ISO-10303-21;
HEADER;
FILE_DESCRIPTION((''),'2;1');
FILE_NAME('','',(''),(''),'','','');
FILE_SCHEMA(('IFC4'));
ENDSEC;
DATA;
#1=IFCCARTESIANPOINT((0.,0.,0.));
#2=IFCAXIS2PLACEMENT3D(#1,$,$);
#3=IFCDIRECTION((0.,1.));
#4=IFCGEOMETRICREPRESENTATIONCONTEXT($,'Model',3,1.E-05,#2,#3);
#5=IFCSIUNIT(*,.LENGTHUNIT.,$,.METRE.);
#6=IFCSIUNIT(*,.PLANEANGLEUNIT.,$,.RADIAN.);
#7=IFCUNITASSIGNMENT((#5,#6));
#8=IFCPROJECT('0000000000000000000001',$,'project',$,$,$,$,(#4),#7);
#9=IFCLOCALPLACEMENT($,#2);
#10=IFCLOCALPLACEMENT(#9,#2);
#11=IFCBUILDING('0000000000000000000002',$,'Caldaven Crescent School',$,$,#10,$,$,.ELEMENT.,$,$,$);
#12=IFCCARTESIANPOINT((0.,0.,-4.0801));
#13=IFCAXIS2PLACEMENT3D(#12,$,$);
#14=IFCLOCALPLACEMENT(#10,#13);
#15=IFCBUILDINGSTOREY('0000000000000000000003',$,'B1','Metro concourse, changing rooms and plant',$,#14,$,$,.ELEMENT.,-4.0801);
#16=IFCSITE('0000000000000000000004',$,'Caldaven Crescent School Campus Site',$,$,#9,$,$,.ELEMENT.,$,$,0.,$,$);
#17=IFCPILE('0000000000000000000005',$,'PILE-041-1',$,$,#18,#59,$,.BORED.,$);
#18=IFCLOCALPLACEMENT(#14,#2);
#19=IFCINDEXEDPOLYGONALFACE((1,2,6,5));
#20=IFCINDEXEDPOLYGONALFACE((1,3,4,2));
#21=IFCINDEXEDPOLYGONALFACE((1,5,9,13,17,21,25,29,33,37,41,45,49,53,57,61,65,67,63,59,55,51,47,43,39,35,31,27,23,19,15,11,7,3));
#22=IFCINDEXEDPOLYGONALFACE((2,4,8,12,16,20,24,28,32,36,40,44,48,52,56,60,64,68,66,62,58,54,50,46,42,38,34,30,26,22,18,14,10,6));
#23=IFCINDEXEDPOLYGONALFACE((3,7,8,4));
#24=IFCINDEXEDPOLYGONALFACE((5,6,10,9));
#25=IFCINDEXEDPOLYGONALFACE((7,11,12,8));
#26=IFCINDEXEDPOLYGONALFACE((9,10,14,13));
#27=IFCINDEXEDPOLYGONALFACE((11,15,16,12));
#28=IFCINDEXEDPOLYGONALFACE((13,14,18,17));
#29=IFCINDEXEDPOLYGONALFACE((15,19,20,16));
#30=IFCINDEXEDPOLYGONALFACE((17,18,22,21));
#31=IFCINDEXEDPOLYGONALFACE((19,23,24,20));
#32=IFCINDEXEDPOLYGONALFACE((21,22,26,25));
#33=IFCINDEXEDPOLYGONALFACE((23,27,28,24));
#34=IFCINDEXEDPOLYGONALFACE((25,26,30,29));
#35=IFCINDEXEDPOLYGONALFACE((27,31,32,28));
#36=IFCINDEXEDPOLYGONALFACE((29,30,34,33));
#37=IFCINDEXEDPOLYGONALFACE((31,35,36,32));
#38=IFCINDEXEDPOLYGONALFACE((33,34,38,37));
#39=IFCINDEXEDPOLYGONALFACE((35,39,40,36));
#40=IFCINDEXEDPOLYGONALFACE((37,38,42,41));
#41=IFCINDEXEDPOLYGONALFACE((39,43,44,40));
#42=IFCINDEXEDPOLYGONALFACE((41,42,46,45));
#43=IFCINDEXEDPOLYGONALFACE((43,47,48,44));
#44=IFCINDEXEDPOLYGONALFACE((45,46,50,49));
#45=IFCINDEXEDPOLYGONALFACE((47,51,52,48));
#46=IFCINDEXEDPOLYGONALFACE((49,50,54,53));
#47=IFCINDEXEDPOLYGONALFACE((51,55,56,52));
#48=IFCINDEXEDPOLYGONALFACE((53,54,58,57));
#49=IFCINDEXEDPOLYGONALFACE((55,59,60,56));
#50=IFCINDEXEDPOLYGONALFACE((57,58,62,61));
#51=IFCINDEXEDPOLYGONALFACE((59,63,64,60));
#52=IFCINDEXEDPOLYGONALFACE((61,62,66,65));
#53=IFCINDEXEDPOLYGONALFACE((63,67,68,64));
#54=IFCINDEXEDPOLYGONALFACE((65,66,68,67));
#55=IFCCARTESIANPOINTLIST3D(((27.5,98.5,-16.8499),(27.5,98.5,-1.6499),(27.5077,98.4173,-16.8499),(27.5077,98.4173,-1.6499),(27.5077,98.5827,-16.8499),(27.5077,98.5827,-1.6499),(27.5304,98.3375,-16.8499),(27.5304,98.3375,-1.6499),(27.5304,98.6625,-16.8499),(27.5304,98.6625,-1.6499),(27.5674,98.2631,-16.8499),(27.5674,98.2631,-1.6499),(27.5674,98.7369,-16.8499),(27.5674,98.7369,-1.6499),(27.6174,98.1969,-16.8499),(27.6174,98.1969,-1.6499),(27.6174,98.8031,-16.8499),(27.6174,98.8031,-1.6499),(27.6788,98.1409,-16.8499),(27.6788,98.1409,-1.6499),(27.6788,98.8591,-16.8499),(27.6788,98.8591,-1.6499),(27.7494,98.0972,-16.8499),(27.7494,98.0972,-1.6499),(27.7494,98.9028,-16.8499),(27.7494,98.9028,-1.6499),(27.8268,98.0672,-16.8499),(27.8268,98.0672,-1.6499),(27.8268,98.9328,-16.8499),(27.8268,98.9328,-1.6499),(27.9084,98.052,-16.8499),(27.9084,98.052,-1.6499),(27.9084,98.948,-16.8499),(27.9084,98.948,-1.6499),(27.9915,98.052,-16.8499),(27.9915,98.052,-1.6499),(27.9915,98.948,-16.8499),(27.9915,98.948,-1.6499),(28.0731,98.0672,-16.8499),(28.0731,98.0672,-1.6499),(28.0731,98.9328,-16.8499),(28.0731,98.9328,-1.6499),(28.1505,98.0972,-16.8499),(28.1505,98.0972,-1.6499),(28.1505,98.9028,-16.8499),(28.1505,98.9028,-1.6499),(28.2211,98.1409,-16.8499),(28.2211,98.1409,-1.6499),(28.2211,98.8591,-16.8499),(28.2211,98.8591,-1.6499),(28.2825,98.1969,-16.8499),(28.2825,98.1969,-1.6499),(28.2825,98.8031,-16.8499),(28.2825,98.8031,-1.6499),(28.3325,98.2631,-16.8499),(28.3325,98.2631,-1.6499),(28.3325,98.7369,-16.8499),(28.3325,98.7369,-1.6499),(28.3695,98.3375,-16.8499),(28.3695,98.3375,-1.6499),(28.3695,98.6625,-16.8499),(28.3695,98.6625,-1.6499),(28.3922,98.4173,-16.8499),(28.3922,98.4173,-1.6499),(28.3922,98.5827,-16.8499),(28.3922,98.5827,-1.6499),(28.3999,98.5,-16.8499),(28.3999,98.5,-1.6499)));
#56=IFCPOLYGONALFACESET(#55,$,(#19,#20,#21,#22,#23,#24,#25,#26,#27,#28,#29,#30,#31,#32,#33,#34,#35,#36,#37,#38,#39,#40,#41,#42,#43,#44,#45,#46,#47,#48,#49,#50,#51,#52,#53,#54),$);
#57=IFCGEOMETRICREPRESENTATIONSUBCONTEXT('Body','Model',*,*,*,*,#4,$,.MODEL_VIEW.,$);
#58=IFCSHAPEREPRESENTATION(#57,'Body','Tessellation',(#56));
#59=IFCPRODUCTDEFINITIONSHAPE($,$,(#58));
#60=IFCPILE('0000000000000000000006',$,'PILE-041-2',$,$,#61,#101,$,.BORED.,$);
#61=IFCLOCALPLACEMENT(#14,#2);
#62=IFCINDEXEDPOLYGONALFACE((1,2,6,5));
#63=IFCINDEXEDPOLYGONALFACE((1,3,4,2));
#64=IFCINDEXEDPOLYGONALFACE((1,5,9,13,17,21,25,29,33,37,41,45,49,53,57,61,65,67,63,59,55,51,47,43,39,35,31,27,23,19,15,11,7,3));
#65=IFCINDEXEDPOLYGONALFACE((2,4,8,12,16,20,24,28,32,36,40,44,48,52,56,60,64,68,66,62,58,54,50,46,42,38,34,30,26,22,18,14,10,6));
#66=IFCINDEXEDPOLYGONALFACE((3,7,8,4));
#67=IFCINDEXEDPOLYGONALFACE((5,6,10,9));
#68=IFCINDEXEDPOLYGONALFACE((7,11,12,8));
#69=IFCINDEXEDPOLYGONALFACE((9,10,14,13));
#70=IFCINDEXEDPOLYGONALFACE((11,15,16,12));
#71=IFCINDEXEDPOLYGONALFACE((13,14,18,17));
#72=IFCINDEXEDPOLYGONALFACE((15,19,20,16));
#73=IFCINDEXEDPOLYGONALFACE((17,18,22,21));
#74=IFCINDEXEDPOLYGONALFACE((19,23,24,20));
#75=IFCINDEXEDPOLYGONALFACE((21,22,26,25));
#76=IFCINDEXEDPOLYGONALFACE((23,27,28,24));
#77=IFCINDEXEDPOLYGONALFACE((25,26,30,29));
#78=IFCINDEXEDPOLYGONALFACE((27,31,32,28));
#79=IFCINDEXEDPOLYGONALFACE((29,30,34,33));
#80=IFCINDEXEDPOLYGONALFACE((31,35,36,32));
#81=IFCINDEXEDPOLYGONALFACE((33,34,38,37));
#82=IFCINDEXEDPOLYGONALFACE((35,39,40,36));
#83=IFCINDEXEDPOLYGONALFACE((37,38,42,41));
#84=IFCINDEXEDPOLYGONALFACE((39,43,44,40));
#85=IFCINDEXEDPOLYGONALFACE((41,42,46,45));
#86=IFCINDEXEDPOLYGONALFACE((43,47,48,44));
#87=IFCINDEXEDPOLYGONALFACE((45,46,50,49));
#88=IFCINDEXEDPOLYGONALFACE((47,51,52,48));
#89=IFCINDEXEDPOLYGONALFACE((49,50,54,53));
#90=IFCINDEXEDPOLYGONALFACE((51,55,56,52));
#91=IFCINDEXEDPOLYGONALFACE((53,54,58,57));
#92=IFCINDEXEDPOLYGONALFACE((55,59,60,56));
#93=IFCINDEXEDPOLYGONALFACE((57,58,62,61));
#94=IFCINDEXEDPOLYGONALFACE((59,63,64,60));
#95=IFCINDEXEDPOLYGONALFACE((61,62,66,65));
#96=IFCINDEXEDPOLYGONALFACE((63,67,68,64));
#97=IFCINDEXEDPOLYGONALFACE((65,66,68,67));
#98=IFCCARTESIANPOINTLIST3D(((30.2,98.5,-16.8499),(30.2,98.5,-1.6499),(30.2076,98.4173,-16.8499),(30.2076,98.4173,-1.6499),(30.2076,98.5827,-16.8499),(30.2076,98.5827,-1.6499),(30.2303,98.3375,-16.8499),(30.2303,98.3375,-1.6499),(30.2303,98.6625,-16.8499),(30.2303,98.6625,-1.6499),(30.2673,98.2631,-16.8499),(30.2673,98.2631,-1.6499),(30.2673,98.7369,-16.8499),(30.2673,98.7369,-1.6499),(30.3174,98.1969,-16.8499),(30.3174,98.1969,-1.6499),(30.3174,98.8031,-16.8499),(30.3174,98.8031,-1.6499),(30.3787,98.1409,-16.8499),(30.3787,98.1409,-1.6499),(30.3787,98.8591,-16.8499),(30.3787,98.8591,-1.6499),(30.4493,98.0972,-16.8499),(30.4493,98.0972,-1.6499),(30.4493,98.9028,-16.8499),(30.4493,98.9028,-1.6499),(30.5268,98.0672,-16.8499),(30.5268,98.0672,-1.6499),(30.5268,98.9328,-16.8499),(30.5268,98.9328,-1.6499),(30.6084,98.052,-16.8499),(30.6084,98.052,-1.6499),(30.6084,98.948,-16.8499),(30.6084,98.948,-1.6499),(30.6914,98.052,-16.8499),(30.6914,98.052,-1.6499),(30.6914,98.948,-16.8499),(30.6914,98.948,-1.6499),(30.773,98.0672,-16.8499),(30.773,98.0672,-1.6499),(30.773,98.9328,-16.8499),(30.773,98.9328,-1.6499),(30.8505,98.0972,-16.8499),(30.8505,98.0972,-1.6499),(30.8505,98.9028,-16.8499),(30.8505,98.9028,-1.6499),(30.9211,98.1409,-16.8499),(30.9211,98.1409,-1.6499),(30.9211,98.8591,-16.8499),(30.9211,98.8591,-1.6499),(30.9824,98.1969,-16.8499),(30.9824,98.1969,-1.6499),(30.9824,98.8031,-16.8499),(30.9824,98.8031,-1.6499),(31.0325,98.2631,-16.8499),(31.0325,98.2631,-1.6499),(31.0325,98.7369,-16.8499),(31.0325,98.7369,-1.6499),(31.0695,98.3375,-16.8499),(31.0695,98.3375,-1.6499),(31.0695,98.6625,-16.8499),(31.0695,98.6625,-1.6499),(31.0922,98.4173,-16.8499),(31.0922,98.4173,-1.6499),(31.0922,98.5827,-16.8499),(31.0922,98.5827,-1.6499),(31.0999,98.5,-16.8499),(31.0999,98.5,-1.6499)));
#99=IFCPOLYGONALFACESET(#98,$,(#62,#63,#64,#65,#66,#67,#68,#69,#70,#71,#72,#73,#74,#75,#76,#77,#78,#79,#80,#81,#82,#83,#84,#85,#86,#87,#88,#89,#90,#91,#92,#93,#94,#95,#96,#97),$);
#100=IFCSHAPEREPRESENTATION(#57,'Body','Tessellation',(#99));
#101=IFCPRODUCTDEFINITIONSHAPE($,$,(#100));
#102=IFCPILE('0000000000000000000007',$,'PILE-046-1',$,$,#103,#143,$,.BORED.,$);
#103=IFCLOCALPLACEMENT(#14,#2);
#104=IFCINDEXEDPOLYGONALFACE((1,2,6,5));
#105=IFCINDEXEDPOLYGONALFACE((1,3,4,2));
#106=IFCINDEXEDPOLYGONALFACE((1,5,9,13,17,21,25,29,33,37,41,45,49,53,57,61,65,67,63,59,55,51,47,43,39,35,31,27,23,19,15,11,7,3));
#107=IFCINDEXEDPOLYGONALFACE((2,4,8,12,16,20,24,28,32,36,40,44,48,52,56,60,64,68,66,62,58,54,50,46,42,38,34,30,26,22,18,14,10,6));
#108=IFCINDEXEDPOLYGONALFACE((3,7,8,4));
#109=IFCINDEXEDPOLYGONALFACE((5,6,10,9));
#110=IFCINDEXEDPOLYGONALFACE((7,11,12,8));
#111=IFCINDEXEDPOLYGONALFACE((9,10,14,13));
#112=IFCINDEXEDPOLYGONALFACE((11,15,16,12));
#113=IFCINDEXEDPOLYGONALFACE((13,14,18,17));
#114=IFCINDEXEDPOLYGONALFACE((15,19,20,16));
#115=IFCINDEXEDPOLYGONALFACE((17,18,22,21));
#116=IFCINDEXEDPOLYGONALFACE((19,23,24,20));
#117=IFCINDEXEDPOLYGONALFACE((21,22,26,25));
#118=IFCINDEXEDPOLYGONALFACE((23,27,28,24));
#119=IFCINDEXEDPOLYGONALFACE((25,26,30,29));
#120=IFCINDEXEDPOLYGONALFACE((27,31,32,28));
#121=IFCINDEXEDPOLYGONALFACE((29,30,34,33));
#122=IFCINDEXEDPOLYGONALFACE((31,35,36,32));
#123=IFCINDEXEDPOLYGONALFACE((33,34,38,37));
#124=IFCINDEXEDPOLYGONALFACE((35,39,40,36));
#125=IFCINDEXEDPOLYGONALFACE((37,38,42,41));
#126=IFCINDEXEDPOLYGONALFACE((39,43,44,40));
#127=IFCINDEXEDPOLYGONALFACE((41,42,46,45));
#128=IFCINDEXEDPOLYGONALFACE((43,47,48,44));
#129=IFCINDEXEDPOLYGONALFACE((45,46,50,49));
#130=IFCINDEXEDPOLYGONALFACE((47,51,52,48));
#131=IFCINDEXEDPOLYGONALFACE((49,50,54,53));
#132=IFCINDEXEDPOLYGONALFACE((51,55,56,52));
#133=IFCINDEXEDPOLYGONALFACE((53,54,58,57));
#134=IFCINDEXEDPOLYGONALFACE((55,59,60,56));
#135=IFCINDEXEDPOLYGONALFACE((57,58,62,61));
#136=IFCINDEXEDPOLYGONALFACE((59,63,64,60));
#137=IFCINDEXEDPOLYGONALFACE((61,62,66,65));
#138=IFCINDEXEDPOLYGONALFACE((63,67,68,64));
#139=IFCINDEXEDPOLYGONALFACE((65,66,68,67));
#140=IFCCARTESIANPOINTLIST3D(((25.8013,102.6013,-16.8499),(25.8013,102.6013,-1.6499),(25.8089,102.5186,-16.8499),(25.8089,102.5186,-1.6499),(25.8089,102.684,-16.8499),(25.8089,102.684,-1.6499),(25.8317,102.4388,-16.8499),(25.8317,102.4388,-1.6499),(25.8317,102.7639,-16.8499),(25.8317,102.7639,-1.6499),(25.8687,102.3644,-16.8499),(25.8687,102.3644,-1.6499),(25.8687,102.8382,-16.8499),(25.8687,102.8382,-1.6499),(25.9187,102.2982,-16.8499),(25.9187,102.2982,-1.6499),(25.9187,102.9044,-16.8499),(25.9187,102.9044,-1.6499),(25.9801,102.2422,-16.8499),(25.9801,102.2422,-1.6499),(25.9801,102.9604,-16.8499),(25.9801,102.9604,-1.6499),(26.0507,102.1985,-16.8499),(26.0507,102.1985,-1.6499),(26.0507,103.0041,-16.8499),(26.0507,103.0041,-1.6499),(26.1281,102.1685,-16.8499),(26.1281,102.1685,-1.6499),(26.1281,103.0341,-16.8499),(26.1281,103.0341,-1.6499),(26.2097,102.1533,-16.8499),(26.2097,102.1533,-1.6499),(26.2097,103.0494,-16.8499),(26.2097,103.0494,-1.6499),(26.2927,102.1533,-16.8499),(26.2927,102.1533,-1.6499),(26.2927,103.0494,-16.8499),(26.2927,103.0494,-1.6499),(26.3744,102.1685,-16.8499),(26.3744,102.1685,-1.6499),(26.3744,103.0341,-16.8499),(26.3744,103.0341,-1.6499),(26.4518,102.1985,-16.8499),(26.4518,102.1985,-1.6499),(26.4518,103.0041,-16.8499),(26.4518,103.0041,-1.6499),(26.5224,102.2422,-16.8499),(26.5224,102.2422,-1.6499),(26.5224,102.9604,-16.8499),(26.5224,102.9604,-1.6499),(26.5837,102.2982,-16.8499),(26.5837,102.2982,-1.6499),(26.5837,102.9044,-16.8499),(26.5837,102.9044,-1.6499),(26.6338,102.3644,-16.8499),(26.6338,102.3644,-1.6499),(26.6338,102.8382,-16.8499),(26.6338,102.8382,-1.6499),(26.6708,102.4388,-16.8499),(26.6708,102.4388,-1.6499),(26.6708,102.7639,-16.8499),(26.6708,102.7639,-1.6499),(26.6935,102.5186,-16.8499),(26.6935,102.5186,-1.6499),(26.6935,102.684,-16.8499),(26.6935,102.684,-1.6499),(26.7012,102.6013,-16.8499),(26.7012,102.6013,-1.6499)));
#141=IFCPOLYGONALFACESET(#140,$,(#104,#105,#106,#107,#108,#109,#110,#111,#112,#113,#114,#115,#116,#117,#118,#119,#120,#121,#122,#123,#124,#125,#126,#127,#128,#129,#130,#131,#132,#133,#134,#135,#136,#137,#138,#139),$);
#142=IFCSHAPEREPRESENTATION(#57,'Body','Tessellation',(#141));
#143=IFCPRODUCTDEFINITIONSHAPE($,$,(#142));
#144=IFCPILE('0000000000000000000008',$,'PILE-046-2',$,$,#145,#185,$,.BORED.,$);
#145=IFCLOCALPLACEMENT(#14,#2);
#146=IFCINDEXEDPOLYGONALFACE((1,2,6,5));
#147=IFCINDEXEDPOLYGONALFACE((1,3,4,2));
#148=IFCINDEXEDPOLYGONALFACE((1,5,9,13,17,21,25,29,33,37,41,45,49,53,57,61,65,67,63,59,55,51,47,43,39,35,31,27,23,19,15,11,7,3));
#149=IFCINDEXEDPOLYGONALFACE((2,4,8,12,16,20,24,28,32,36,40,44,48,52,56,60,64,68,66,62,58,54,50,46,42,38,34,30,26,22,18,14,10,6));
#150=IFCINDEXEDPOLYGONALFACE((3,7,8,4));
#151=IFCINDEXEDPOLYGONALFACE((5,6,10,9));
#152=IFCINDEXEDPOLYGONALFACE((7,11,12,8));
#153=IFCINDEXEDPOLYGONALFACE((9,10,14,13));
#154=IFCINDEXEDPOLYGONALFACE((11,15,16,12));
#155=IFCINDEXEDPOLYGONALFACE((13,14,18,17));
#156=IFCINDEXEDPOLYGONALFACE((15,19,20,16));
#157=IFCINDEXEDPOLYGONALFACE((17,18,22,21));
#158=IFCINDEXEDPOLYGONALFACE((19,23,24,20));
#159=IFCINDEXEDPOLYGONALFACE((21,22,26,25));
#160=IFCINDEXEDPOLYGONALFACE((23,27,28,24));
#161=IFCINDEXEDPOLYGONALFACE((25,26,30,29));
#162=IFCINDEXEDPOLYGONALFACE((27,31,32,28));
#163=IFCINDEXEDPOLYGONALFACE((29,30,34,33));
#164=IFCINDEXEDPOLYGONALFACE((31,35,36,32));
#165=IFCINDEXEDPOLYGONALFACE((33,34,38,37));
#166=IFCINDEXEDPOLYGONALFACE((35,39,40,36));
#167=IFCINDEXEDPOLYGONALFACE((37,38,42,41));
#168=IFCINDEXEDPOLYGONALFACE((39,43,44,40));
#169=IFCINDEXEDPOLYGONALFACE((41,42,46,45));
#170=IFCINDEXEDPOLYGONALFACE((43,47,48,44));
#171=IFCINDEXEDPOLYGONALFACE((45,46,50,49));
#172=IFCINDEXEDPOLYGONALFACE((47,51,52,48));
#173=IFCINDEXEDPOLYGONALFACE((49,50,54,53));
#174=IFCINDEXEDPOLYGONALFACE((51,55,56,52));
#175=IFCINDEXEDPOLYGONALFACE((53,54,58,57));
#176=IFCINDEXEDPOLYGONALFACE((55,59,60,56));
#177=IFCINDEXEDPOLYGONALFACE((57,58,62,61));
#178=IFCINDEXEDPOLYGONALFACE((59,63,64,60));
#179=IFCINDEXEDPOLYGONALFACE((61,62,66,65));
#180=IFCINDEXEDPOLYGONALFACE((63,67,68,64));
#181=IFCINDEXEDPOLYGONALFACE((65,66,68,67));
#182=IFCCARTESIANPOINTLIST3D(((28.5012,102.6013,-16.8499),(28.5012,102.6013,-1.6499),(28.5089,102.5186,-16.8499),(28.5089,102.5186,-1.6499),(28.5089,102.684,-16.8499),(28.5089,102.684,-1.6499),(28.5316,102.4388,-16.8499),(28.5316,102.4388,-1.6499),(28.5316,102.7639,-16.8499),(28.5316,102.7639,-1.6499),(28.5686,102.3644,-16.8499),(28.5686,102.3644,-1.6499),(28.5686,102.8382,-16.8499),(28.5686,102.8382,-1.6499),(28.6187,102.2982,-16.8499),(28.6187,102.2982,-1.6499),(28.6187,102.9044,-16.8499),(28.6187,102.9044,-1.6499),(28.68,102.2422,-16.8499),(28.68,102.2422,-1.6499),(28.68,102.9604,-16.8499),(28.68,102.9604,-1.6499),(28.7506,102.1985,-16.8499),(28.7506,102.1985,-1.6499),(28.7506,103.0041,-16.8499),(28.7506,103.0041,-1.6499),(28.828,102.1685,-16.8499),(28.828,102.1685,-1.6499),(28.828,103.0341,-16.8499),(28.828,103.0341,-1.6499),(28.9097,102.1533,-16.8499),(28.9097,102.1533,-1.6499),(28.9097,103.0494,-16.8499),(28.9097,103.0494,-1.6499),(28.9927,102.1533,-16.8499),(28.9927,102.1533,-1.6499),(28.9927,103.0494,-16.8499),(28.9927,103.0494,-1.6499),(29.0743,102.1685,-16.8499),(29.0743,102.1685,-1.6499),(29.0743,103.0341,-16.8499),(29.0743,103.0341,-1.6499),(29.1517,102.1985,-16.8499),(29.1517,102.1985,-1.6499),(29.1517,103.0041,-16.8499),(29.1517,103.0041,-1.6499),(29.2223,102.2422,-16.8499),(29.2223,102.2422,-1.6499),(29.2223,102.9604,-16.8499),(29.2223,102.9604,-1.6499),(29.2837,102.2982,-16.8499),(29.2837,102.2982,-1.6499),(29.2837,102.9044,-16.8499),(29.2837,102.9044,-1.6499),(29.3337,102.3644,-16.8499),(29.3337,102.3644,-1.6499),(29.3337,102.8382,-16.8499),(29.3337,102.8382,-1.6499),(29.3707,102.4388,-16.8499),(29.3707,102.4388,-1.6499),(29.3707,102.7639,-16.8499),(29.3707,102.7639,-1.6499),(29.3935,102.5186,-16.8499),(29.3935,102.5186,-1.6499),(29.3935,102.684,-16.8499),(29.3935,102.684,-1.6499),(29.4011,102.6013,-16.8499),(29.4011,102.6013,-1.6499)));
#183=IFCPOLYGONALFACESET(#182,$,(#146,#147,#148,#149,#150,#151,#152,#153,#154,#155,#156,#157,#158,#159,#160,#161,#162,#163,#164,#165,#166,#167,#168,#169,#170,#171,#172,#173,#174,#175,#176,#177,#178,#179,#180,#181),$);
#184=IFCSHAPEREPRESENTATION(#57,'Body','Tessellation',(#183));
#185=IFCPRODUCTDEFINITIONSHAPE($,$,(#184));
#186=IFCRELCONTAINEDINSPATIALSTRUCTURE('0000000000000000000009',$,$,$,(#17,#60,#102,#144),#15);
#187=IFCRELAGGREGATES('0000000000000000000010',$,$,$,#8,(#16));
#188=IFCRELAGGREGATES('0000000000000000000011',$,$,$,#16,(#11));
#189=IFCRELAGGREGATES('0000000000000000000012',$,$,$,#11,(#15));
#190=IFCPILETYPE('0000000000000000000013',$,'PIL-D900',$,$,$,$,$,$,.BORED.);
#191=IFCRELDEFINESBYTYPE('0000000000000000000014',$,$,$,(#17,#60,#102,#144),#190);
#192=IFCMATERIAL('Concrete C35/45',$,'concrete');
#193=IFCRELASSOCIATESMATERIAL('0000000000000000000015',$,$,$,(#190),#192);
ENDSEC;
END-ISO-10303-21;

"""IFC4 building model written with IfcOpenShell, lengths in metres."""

from ifc_helpers import new_model, si_unit, direction, frame, origin, origin_2d, place, context, subcontext, project, spatial, circle, extrude, material, material_profile, profile_set, type_object, element, save


model = new_model("IFC4")

# Units and contexts
model_context = context("Model", 3, precision=1e-05, world=origin(), true_north=direction((0.0, 1.0)))
body_context = subcontext(model_context, "Body", "Model", "MODEL_VIEW")
ifc_project = project(units=[si_unit("LENGTHUNIT", "METRE"), si_unit("PLANEANGLEUNIT", "RADIAN")], contexts=[model_context])

# Site, building, storey
site_placement = place(None, origin())
site = spatial("IfcSite", under=ifc_project, at=site_placement, Name="Caldaven Crescent School Campus Site", CompositionType="ELEMENT", RefElevation=0.0)
building_placement = place(site_placement, origin())
building = spatial("IfcBuilding", under=site, at=building_placement, Name="Caldaven Crescent School", CompositionType="ELEMENT")
storey_placement = place(building_placement, frame((0.0, 0.0, -4.0801)))
storey = spatial("IfcBuildingStorey", under=building, at=storey_placement, Name="B1", Description="Metro concourse, changing rooms and plant", CompositionType="ELEMENT", Elevation=-4.0801)

# Shared definitions
ifc_material_1 = material(Name="Concrete C35/45", Category="concrete")

# Piles
ifc_material_profile_1 = material_profile(ifc_material_1, circle(Radius=0.45, at=origin_2d()), Name="PILE D900")
ifc_profile_set_1 = profile_set([ifc_material_profile_1], Name="Concrete C35/45")
pile_type_1 = type_object("IfcPileType", Name="PIL-D900", PredefinedType="BORED", material=ifc_profile_set_1)
for number, where, z_axis, x_axis, name in (
    (1, (27.95, 98.5, -1.6499), (0.0, 0.0, -1.0), (1.0, 0.0, 0.0), "PILE-041-1"),
    (2, (30.6499, 98.5, -1.6499), (0.0, 0.0, -1.0), (1.0, 0.0, 0.0), "PILE-041-2"),
    (3, (26.2512, 102.6013, -1.6499), (0.0, 0.0, -1.0), (1.0, 0.0, 0.0), "PILE-046-1"),
    (4, (28.9512, 102.6013, -1.6499), (0.0, 0.0, -1.0), (1.0, 0.0, 0.0), "PILE-046-2"),
):
    element("IfcPile", number, at=place(storey_placement, frame(where, z_axis=z_axis, x_axis=x_axis)), inside=storey, type_object=pile_type_1, Name=name, PredefinedType="BORED", context=body_context, shape_type="SweptSolid", body=[
        extrude(circle(Radius=0.45, at=origin_2d()), origin(), (0.0, 0.0, 1.0), 15.2),
    ])

save(model, "model.ifc")
